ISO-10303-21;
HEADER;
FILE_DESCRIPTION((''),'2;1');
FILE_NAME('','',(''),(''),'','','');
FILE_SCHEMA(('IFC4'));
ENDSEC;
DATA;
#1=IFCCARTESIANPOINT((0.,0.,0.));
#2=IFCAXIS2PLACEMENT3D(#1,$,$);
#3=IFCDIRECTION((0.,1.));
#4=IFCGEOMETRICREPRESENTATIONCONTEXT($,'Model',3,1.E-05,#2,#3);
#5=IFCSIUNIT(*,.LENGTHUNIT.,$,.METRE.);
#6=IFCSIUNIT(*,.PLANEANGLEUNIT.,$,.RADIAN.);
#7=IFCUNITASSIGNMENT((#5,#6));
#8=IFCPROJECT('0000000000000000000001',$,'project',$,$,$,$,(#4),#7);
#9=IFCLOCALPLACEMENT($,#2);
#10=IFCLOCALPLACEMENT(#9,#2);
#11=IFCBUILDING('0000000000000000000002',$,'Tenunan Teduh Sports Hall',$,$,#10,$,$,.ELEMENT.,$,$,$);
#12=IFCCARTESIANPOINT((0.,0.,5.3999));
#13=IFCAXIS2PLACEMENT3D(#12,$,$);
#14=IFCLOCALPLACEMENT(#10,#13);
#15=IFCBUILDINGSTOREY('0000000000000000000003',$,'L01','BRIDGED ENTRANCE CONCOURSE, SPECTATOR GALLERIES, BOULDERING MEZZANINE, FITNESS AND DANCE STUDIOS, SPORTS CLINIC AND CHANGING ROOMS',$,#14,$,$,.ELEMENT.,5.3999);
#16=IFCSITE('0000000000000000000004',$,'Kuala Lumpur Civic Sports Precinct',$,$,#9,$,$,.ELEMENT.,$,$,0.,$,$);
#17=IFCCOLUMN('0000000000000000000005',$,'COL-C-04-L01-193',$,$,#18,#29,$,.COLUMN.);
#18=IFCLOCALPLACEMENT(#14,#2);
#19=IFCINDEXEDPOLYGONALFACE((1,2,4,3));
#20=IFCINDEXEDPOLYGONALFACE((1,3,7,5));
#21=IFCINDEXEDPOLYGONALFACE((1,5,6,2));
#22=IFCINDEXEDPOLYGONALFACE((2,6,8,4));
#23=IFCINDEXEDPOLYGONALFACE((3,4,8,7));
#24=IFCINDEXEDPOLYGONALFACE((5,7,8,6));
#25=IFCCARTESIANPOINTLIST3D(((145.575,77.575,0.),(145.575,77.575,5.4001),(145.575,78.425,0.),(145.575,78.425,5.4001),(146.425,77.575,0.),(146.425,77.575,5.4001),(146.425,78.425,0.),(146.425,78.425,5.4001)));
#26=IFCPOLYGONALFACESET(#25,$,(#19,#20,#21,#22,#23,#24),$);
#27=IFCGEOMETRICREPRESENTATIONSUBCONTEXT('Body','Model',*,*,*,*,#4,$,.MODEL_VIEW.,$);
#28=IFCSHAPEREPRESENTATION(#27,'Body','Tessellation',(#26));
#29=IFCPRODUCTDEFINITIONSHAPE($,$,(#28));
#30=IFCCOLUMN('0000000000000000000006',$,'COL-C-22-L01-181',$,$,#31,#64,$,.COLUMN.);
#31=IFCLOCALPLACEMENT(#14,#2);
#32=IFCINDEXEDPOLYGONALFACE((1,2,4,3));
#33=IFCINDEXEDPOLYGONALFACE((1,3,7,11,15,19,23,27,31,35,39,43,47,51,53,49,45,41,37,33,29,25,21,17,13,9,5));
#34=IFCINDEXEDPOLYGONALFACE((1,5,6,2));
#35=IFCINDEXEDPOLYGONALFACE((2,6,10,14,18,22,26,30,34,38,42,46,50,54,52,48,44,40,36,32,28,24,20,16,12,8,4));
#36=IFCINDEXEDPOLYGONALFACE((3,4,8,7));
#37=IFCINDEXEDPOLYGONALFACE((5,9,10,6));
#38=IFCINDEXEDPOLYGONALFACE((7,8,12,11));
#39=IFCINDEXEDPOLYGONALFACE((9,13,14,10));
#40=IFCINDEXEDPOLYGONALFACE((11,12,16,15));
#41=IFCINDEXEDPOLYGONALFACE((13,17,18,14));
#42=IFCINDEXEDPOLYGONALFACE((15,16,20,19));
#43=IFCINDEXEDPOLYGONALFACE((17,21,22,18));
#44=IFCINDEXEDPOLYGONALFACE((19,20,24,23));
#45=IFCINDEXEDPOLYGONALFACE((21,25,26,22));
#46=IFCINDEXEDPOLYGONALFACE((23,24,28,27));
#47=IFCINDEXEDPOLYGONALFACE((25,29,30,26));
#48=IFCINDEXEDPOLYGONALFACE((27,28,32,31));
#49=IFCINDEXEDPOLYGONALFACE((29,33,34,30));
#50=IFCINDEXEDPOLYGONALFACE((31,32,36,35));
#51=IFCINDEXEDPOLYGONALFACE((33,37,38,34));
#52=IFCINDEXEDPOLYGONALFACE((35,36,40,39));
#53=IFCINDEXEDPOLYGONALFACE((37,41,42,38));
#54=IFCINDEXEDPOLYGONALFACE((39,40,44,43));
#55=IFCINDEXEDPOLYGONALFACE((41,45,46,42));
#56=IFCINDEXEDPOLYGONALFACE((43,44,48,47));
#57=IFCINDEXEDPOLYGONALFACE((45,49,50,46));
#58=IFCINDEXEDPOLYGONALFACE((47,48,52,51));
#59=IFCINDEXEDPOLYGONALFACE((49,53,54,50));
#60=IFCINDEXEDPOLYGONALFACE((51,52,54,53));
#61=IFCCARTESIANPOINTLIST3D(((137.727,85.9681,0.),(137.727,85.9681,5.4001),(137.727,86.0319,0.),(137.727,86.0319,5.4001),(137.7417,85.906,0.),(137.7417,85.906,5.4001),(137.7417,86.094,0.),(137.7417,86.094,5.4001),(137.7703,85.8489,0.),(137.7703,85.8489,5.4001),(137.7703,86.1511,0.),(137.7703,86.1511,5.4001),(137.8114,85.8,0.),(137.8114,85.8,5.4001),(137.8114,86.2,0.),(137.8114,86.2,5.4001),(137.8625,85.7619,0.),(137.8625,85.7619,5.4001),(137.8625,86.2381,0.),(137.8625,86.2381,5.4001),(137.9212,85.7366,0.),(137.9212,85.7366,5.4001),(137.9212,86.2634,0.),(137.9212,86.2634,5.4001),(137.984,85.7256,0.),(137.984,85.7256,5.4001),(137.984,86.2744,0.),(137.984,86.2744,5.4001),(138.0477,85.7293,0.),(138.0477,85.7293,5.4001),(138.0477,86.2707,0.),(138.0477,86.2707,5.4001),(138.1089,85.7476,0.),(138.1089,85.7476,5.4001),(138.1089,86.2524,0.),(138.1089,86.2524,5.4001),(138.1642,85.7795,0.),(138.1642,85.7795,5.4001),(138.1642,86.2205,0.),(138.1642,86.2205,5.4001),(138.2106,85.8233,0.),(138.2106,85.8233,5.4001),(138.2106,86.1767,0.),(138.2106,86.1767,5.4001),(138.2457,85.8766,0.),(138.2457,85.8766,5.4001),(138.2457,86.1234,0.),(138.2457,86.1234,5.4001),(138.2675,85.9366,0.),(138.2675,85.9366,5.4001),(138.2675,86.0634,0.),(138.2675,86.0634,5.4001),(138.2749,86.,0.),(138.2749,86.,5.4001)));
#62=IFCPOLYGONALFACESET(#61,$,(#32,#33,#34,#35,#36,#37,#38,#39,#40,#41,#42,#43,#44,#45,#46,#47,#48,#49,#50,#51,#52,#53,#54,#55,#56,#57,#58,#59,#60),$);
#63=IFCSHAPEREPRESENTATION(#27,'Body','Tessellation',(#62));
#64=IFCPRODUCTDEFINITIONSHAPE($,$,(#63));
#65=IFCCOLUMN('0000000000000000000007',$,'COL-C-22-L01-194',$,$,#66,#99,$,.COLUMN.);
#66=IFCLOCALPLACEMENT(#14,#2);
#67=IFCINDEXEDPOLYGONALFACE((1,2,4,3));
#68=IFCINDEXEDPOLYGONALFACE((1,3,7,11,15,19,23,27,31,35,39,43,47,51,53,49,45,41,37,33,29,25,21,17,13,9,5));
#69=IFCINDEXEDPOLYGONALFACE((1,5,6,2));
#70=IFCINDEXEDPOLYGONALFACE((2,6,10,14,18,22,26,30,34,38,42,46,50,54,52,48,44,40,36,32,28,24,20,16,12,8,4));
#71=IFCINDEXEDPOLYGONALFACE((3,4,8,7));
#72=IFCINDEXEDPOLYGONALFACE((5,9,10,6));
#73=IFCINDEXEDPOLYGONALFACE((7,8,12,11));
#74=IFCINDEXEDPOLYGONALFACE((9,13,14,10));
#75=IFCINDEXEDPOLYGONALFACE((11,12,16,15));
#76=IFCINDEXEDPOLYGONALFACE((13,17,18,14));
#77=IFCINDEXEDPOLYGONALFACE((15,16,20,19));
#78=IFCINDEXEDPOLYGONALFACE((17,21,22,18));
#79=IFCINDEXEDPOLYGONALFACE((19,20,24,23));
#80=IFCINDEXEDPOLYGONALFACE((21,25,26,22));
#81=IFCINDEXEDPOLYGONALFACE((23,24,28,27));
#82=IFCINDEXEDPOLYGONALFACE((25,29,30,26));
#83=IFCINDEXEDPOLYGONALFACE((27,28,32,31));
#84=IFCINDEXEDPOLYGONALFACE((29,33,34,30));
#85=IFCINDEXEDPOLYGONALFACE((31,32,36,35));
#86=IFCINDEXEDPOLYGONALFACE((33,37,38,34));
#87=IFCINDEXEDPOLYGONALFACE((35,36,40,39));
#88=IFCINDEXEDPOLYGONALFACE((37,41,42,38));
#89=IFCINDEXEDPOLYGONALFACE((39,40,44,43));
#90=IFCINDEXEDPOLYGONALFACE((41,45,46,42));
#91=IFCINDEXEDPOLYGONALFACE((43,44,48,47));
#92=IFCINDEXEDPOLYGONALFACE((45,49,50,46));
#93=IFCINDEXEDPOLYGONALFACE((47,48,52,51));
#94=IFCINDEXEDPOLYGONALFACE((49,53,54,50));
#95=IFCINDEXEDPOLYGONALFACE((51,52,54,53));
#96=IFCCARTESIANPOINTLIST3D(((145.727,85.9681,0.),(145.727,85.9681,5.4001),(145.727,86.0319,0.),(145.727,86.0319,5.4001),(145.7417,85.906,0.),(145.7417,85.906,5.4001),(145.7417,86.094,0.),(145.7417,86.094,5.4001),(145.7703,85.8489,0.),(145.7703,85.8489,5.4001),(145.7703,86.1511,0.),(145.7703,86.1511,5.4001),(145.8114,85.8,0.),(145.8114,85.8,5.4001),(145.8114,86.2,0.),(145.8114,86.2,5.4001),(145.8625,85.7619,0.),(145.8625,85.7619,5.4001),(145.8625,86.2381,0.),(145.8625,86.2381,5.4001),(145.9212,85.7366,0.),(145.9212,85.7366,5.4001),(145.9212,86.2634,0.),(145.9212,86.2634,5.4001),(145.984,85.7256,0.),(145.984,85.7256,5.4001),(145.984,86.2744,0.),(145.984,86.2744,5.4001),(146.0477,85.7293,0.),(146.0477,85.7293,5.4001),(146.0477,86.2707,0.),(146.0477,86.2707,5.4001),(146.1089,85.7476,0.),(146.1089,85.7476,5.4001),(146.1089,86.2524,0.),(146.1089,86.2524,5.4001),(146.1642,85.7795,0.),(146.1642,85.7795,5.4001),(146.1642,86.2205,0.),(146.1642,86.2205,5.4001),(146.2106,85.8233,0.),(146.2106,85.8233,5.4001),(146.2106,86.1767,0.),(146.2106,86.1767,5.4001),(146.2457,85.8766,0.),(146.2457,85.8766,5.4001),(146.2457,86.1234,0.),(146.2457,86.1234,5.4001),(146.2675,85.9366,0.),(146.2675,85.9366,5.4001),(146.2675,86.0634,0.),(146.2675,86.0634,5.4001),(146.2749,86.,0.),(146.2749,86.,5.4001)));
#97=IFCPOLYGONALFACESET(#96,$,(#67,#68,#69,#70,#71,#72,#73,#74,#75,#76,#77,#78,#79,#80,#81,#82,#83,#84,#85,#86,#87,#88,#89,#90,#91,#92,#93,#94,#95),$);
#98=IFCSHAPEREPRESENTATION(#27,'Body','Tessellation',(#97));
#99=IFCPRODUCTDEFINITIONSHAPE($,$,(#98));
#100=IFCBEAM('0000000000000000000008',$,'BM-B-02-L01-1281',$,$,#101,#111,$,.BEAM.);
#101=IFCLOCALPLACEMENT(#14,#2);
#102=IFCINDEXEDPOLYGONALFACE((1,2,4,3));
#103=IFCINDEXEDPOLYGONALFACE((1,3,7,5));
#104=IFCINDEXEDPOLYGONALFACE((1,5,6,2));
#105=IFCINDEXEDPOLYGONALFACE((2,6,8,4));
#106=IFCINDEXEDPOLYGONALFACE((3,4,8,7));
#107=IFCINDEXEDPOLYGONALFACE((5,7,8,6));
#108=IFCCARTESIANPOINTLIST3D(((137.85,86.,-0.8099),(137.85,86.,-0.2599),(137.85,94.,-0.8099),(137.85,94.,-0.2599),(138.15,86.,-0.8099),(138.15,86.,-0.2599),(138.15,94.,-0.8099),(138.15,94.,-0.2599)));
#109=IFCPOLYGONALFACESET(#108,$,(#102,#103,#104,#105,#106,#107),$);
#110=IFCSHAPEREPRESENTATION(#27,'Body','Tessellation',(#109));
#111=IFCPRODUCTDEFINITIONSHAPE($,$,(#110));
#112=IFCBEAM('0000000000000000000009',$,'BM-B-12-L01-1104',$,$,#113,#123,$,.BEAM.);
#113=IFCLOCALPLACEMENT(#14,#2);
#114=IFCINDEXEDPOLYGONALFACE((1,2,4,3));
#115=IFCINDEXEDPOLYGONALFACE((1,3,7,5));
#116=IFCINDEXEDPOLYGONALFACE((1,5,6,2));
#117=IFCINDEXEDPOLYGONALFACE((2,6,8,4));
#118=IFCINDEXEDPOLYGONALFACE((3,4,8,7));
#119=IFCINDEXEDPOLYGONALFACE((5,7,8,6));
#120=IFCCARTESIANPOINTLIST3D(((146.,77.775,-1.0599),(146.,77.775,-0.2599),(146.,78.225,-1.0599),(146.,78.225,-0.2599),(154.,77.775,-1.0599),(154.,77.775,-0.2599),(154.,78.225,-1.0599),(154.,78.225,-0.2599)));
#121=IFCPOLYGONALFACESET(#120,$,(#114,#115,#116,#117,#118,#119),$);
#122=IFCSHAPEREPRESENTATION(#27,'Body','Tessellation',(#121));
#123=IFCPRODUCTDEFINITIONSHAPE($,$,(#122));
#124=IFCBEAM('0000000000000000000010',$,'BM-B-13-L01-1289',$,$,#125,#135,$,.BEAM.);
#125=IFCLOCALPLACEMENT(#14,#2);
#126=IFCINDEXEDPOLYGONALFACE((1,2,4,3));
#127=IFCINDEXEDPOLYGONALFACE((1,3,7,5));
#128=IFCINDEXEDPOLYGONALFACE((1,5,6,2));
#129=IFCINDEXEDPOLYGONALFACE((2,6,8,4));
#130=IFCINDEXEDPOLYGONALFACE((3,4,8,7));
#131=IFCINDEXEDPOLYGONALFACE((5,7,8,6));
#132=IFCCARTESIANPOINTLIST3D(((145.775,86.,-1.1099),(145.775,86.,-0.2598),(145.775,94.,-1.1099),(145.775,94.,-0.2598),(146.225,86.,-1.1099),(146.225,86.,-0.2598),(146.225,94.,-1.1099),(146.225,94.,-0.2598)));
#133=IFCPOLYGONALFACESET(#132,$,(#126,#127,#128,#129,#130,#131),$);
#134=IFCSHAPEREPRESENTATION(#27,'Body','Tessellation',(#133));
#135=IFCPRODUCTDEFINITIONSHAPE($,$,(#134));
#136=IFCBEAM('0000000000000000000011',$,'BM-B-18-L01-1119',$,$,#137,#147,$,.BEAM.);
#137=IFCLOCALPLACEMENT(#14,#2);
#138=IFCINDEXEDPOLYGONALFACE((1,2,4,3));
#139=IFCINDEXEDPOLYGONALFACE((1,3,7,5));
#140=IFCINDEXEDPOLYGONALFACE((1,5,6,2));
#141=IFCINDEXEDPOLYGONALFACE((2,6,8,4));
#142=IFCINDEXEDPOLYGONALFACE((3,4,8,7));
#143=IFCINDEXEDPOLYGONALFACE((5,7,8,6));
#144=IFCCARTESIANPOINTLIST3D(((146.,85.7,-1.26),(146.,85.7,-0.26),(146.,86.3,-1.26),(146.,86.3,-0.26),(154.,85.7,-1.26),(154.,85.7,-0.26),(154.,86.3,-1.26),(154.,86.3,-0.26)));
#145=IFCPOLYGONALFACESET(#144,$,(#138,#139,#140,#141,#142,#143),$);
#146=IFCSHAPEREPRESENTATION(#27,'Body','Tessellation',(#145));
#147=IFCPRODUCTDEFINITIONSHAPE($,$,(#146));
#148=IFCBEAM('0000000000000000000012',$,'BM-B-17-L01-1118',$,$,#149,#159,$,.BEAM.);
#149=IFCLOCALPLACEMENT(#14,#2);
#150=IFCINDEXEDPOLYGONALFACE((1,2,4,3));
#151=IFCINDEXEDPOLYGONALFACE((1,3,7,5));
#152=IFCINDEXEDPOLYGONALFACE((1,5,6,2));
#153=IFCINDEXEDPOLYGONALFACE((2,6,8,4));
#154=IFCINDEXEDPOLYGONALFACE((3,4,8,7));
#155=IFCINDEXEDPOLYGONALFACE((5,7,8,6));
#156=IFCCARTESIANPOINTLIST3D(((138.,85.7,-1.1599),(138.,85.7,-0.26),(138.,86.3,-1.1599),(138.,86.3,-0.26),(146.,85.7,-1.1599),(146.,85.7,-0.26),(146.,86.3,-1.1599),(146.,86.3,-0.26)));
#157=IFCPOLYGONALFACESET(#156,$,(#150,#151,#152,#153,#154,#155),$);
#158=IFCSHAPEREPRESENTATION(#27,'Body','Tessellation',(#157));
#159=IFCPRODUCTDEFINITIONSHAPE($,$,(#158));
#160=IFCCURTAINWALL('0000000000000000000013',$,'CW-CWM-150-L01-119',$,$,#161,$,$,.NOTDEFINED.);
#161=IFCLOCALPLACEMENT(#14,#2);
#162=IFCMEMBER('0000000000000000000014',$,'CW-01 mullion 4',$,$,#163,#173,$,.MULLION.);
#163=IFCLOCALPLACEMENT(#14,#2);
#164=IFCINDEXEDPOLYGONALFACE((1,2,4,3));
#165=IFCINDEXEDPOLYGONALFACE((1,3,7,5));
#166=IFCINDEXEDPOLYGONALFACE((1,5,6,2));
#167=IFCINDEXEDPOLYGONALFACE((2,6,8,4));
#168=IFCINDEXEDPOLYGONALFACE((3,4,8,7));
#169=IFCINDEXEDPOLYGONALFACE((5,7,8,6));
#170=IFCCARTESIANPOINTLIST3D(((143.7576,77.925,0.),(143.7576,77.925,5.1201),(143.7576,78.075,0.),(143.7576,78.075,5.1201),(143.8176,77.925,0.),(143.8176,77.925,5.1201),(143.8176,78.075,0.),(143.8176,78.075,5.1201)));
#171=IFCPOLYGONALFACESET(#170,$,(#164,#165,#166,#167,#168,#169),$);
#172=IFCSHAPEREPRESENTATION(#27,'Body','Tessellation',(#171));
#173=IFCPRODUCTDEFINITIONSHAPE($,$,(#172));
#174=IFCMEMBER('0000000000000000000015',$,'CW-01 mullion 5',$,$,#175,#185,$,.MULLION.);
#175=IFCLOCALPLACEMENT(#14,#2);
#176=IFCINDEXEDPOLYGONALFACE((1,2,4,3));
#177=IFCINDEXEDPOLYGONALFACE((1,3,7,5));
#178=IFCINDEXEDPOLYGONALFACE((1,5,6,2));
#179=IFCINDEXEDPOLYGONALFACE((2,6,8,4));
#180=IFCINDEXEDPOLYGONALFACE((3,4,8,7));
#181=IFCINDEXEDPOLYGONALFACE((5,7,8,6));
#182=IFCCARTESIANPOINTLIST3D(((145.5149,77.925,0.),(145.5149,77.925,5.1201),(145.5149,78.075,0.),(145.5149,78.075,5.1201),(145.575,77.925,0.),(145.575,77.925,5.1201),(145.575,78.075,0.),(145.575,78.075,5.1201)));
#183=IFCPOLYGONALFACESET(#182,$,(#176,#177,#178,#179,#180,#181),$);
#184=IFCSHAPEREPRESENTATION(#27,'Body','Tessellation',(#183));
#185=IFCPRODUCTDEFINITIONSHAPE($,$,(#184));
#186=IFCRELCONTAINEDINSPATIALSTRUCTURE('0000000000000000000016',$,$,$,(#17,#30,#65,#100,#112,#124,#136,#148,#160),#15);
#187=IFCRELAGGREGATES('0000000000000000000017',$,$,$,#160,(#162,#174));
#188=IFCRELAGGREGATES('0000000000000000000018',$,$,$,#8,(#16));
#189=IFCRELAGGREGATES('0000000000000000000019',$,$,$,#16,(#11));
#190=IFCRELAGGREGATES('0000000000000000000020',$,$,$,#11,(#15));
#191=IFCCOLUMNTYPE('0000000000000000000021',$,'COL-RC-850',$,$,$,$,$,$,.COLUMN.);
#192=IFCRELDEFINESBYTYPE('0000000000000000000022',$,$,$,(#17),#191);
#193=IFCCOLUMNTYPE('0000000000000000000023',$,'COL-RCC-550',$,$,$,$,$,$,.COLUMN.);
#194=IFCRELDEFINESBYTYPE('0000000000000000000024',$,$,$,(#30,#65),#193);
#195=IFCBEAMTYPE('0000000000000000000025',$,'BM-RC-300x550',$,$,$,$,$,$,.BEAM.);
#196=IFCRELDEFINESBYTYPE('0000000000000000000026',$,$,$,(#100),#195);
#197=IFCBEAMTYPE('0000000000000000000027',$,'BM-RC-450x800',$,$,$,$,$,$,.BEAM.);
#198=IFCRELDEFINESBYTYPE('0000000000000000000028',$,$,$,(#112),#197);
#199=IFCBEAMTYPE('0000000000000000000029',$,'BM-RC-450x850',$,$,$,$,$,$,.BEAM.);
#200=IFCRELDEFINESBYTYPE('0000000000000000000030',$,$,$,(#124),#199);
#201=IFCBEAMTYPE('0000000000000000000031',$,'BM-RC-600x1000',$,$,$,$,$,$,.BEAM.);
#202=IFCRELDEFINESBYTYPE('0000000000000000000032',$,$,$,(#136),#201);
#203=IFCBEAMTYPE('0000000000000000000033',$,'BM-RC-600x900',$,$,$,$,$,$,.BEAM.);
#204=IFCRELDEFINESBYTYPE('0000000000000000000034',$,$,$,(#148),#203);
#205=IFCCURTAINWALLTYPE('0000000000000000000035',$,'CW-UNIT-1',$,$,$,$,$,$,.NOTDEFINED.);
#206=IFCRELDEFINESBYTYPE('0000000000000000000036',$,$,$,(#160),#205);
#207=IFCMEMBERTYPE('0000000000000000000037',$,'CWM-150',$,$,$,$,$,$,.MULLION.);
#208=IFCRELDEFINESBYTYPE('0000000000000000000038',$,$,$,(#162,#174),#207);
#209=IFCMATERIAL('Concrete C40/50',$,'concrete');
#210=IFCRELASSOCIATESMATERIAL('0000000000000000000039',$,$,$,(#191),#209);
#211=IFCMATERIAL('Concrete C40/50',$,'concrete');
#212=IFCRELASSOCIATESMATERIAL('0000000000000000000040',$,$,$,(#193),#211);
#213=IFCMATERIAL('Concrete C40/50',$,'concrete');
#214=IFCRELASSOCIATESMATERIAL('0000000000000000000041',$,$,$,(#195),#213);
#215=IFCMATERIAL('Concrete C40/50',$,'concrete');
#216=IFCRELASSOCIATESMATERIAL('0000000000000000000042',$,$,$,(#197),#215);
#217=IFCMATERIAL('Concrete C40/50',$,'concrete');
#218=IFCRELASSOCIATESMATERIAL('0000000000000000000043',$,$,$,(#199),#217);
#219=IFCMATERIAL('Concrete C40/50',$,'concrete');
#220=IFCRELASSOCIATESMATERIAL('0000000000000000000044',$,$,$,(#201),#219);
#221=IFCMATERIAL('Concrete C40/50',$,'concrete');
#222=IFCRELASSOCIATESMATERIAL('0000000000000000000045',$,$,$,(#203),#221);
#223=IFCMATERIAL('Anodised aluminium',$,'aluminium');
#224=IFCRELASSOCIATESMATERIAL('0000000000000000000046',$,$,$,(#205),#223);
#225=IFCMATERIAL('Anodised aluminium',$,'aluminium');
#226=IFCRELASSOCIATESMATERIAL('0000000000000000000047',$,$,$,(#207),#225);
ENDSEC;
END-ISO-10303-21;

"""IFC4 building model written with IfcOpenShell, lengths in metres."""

from ifc_helpers import new_model, si_unit, direction, frame, origin, origin_2d, place, context, subcontext, project, spatial, rectangle, circle, extrude, material, material_profile, profile_set, type_object, element, aggregate, save


model = new_model("IFC4")

# Units and contexts
model_context = context("Model", 3, precision=1e-05, world=origin(), true_north=direction((0.0, 1.0)))
body_context = subcontext(model_context, "Body", "Model", "MODEL_VIEW")
ifc_project = project(units=[si_unit("LENGTHUNIT", "METRE"), si_unit("PLANEANGLEUNIT", "RADIAN")], contexts=[model_context])

# Site, building, storey
site_placement = place(None, origin())
site = spatial("IfcSite", under=ifc_project, at=site_placement, Name="Kuala Lumpur Civic Sports Precinct", CompositionType="ELEMENT", RefElevation=0.0)
building_placement = place(site_placement, origin())
building = spatial("IfcBuilding", under=site, at=building_placement, Name="Tenunan Teduh Sports Hall", CompositionType="ELEMENT")
storey_placement = place(building_placement, frame((0.0, 0.0, 5.3999)))
storey = spatial("IfcBuildingStorey", under=building, at=storey_placement, Name="L01", Description="BRIDGED ENTRANCE CONCOURSE, SPECTATOR GALLERIES, BOULDERING MEZZANINE, FITNESS AND DANCE STUDIOS, SPORTS CLINIC AND CHANGING ROOMS", CompositionType="ELEMENT", Elevation=5.3999)

# Columns
ifc_material_1 = material(Name="Concrete C40/50", Category="concrete")
ifc_material_profile_1 = material_profile(ifc_material_1, rectangle(XDim=0.8501, YDim=0.8501, at=origin_2d()), Name="RC 850x850")
ifc_profile_set_1 = profile_set([ifc_material_profile_1], Name="Concrete C40/50")
column_type_1 = type_object("IfcColumnType", Name="COL-RC-850", PredefinedType="COLUMN", material=ifc_profile_set_1)
column_placement = place(storey_placement, frame((146.0, 78.0, 0.0), z_axis=(0.0, 0.0, 1.0), x_axis=(1.0, 0.0, 0.0)))
element("IfcColumn", 1, at=column_placement, inside=storey, type_object=column_type_1, Name="COL-C-04-L01-193", PredefinedType="COLUMN", context=body_context, shape_type="SweptSolid", body=[
    extrude(rectangle(XDim=0.8501, YDim=0.8501, at=origin_2d()), origin(), (0.0, 0.0, 1.0), 5.4001),
])
ifc_material_2 = material(Name="Concrete C40/50", Category="concrete")
ifc_material_profile_2 = material_profile(ifc_material_2, circle(Radius=0.2749, at=origin_2d()), Name="RCC D550")
ifc_profile_set_2 = profile_set([ifc_material_profile_2], Name="Concrete C40/50")
column_type_2 = type_object("IfcColumnType", Name="COL-RCC-550", PredefinedType="COLUMN", material=ifc_profile_set_2)
for number, where, z_axis, x_axis, name in (
    (2, (138.0, 86.0, 0.0), (0.0, 0.0, 1.0), (1.0, 0.0, 0.0), "COL-C-22-L01-181"),
    (3, (146.0, 86.0, 0.0), (0.0, 0.0, 1.0), (1.0, 0.0, 0.0), "COL-C-22-L01-194"),
):
    element("IfcColumn", number, at=place(storey_placement, frame(where, z_axis=z_axis, x_axis=x_axis)), inside=storey, type_object=column_type_2, Name=name, PredefinedType="COLUMN", context=body_context, shape_type="SweptSolid", body=[
        extrude(circle(Radius=0.2749, at=origin_2d()), origin(), (0.0, 0.0, 1.0), 5.4001),
    ])

# Beams
ifc_material_3 = material(Name="Concrete C40/50", Category="concrete")
ifc_material_profile_3 = material_profile(ifc_material_3, rectangle(XDim=0.3, YDim=0.55, at=origin_2d()), Name="RCB 300x550")
ifc_profile_set_3 = profile_set([ifc_material_profile_3], Name="Concrete C40/50")
beam_type_1 = type_object("IfcBeamType", Name="BM-RC-300x550", PredefinedType="BEAM", material=ifc_profile_set_3)
beam_1_placement = place(storey_placement, frame((138.0, 86.0, -0.5349), z_axis=(0.0, 1.0, 0.0), x_axis=(-1.0, 0.0, 0.0)))
element("IfcBeam", 4, at=beam_1_placement, inside=storey, type_object=beam_type_1, Name="BM-B-02-L01-1281", PredefinedType="BEAM", context=body_context, shape_type="SweptSolid", body=[
    extrude(rectangle(XDim=0.3, YDim=0.55, at=origin_2d()), origin(), (0.0, 0.0, 1.0), 8.0),
])
ifc_material_4 = material(Name="Concrete C40/50", Category="concrete")
ifc_material_profile_4 = material_profile(ifc_material_4, rectangle(XDim=0.45, YDim=0.8, at=origin_2d()), Name="RCB 450x800")
ifc_profile_set_4 = profile_set([ifc_material_profile_4], Name="Concrete C40/50")
beam_type_2 = type_object("IfcBeamType", Name="BM-RC-450x800", PredefinedType="BEAM", material=ifc_profile_set_4)
beam_2_placement = place(storey_placement, frame((146.0, 78.0, -0.6599), z_axis=(1.0, 0.0, 0.0), x_axis=(0.0, 1.0, 0.0)))
element("IfcBeam", 5, at=beam_2_placement, inside=storey, type_object=beam_type_2, Name="BM-B-12-L01-1104", PredefinedType="BEAM", context=body_context, shape_type="SweptSolid", body=[
    extrude(rectangle(XDim=0.45, YDim=0.8, at=origin_2d()), origin(), (0.0, 0.0, 1.0), 8.0),
])
ifc_material_5 = material(Name="Concrete C40/50", Category="concrete")
ifc_material_profile_5 = material_profile(ifc_material_5, rectangle(XDim=0.45, YDim=0.8501, at=origin_2d()), Name="RCB 450x850")
ifc_profile_set_5 = profile_set([ifc_material_profile_5], Name="Concrete C40/50")
beam_type_3 = type_object("IfcBeamType", Name="BM-RC-450x850", PredefinedType="BEAM", material=ifc_profile_set_5)
beam_3_placement = place(storey_placement, frame((146.0, 86.0, -0.6848), z_axis=(0.0, 1.0, 0.0), x_axis=(-1.0, 0.0, 0.0)))
element("IfcBeam", 6, at=beam_3_placement, inside=storey, type_object=beam_type_3, Name="BM-B-13-L01-1289", PredefinedType="BEAM", context=body_context, shape_type="SweptSolid", body=[
    extrude(rectangle(XDim=0.45, YDim=0.8501, at=origin_2d()), origin(), (0.0, 0.0, 1.0), 8.0),
])
ifc_material_6 = material(Name="Concrete C40/50", Category="concrete")
ifc_material_profile_6 = material_profile(ifc_material_6, rectangle(XDim=0.6001, YDim=1.0, at=origin_2d()), Name="RCB 600x1000")
ifc_profile_set_6 = profile_set([ifc_material_profile_6], Name="Concrete C40/50")
beam_type_4 = type_object("IfcBeamType", Name="BM-RC-600x1000", PredefinedType="BEAM", material=ifc_profile_set_6)
beam_4_placement = place(storey_placement, frame((146.0, 86.0, -0.76), z_axis=(1.0, 0.0, 0.0), x_axis=(0.0, 1.0, 0.0)))
element("IfcBeam", 7, at=beam_4_placement, inside=storey, type_object=beam_type_4, Name="BM-B-18-L01-1119", PredefinedType="BEAM", context=body_context, shape_type="SweptSolid", body=[
    extrude(rectangle(XDim=0.6001, YDim=1.0, at=origin_2d()), origin(), (0.0, 0.0, 1.0), 8.0),
])
ifc_material_7 = material(Name="Concrete C40/50", Category="concrete")
ifc_material_profile_7 = material_profile(ifc_material_7, rectangle(XDim=0.6001, YDim=0.8999, at=origin_2d()), Name="RCB 600x900")
ifc_profile_set_7 = profile_set([ifc_material_profile_7], Name="Concrete C40/50")
beam_type_5 = type_object("IfcBeamType", Name="BM-RC-600x900", PredefinedType="BEAM", material=ifc_profile_set_7)
beam_5_placement = place(storey_placement, frame((138.0, 86.0, -0.71), z_axis=(1.0, 0.0, 0.0), x_axis=(0.0, 1.0, 0.0)))
element("IfcBeam", 8, at=beam_5_placement, inside=storey, type_object=beam_type_5, Name="BM-B-17-L01-1118", PredefinedType="BEAM", context=body_context, shape_type="SweptSolid", body=[
    extrude(rectangle(XDim=0.6001, YDim=0.8999, at=origin_2d()), origin(), (0.0, 0.0, 1.0), 8.0),
])

# Curtain wall, members
ifc_material_8 = material(Name="Anodised aluminium", Category="aluminium")
curtain_wall_type = type_object("IfcCurtainWallType", Name="CW-UNIT-1", PredefinedType="NOTDEFINED", material=ifc_material_8)
curtain_wall_1_placement = place(storey_placement, origin())
curtain_wall_1 = element("IfcCurtainWall", 9, at=curtain_wall_1_placement, inside=storey, type_object=curtain_wall_type, Name="CW-CWM-150-L01-119", PredefinedType="NOTDEFINED")
ifc_material_9 = material(Name="Anodised aluminium", Category="aluminium")
ifc_material_profile_8 = material_profile(ifc_material_9, rectangle(XDim=0.0601, YDim=0.1499, at=origin_2d()), Name="CWM 60x150")
ifc_profile_set_8 = profile_set([ifc_material_profile_8], Name="Anodised aluminium")
member_type_1 = type_object("IfcMemberType", Name="CWM-150", PredefinedType="MULLION", material=ifc_profile_set_8)
member_1_placement = place(storey_placement, frame((143.7876, 78.0, 0.0), z_axis=(0.0, 0.0, 1.0), x_axis=(1.0, 0.0, 0.0)))
member_1 = element("IfcMember", 10, at=member_1_placement, type_object=member_type_1, Name="CW-01 mullion 4", PredefinedType="MULLION", context=body_context, shape_type="SweptSolid", body=[
    extrude(rectangle(XDim=0.0601, YDim=0.1499, at=origin_2d()), origin(), (0.0, 0.0, 1.0), 5.1201),
])
member_2_placement = place(storey_placement, frame((145.5449, 78.0, 0.0), z_axis=(0.0, 0.0, 1.0), x_axis=(1.0, 0.0, 0.0)))
member_2 = element("IfcMember", 11, at=member_2_placement, type_object=member_type_1, Name="CW-01 mullion 5", PredefinedType="MULLION", context=body_context, shape_type="SweptSolid", body=[
    extrude(rectangle(XDim=0.0601, YDim=0.1499, at=origin_2d()), origin(), (0.0, 0.0, 1.0), 5.1201),
])

aggregate(curtain_wall_1, [member_1, member_2])

save(model, "model.ifc")
